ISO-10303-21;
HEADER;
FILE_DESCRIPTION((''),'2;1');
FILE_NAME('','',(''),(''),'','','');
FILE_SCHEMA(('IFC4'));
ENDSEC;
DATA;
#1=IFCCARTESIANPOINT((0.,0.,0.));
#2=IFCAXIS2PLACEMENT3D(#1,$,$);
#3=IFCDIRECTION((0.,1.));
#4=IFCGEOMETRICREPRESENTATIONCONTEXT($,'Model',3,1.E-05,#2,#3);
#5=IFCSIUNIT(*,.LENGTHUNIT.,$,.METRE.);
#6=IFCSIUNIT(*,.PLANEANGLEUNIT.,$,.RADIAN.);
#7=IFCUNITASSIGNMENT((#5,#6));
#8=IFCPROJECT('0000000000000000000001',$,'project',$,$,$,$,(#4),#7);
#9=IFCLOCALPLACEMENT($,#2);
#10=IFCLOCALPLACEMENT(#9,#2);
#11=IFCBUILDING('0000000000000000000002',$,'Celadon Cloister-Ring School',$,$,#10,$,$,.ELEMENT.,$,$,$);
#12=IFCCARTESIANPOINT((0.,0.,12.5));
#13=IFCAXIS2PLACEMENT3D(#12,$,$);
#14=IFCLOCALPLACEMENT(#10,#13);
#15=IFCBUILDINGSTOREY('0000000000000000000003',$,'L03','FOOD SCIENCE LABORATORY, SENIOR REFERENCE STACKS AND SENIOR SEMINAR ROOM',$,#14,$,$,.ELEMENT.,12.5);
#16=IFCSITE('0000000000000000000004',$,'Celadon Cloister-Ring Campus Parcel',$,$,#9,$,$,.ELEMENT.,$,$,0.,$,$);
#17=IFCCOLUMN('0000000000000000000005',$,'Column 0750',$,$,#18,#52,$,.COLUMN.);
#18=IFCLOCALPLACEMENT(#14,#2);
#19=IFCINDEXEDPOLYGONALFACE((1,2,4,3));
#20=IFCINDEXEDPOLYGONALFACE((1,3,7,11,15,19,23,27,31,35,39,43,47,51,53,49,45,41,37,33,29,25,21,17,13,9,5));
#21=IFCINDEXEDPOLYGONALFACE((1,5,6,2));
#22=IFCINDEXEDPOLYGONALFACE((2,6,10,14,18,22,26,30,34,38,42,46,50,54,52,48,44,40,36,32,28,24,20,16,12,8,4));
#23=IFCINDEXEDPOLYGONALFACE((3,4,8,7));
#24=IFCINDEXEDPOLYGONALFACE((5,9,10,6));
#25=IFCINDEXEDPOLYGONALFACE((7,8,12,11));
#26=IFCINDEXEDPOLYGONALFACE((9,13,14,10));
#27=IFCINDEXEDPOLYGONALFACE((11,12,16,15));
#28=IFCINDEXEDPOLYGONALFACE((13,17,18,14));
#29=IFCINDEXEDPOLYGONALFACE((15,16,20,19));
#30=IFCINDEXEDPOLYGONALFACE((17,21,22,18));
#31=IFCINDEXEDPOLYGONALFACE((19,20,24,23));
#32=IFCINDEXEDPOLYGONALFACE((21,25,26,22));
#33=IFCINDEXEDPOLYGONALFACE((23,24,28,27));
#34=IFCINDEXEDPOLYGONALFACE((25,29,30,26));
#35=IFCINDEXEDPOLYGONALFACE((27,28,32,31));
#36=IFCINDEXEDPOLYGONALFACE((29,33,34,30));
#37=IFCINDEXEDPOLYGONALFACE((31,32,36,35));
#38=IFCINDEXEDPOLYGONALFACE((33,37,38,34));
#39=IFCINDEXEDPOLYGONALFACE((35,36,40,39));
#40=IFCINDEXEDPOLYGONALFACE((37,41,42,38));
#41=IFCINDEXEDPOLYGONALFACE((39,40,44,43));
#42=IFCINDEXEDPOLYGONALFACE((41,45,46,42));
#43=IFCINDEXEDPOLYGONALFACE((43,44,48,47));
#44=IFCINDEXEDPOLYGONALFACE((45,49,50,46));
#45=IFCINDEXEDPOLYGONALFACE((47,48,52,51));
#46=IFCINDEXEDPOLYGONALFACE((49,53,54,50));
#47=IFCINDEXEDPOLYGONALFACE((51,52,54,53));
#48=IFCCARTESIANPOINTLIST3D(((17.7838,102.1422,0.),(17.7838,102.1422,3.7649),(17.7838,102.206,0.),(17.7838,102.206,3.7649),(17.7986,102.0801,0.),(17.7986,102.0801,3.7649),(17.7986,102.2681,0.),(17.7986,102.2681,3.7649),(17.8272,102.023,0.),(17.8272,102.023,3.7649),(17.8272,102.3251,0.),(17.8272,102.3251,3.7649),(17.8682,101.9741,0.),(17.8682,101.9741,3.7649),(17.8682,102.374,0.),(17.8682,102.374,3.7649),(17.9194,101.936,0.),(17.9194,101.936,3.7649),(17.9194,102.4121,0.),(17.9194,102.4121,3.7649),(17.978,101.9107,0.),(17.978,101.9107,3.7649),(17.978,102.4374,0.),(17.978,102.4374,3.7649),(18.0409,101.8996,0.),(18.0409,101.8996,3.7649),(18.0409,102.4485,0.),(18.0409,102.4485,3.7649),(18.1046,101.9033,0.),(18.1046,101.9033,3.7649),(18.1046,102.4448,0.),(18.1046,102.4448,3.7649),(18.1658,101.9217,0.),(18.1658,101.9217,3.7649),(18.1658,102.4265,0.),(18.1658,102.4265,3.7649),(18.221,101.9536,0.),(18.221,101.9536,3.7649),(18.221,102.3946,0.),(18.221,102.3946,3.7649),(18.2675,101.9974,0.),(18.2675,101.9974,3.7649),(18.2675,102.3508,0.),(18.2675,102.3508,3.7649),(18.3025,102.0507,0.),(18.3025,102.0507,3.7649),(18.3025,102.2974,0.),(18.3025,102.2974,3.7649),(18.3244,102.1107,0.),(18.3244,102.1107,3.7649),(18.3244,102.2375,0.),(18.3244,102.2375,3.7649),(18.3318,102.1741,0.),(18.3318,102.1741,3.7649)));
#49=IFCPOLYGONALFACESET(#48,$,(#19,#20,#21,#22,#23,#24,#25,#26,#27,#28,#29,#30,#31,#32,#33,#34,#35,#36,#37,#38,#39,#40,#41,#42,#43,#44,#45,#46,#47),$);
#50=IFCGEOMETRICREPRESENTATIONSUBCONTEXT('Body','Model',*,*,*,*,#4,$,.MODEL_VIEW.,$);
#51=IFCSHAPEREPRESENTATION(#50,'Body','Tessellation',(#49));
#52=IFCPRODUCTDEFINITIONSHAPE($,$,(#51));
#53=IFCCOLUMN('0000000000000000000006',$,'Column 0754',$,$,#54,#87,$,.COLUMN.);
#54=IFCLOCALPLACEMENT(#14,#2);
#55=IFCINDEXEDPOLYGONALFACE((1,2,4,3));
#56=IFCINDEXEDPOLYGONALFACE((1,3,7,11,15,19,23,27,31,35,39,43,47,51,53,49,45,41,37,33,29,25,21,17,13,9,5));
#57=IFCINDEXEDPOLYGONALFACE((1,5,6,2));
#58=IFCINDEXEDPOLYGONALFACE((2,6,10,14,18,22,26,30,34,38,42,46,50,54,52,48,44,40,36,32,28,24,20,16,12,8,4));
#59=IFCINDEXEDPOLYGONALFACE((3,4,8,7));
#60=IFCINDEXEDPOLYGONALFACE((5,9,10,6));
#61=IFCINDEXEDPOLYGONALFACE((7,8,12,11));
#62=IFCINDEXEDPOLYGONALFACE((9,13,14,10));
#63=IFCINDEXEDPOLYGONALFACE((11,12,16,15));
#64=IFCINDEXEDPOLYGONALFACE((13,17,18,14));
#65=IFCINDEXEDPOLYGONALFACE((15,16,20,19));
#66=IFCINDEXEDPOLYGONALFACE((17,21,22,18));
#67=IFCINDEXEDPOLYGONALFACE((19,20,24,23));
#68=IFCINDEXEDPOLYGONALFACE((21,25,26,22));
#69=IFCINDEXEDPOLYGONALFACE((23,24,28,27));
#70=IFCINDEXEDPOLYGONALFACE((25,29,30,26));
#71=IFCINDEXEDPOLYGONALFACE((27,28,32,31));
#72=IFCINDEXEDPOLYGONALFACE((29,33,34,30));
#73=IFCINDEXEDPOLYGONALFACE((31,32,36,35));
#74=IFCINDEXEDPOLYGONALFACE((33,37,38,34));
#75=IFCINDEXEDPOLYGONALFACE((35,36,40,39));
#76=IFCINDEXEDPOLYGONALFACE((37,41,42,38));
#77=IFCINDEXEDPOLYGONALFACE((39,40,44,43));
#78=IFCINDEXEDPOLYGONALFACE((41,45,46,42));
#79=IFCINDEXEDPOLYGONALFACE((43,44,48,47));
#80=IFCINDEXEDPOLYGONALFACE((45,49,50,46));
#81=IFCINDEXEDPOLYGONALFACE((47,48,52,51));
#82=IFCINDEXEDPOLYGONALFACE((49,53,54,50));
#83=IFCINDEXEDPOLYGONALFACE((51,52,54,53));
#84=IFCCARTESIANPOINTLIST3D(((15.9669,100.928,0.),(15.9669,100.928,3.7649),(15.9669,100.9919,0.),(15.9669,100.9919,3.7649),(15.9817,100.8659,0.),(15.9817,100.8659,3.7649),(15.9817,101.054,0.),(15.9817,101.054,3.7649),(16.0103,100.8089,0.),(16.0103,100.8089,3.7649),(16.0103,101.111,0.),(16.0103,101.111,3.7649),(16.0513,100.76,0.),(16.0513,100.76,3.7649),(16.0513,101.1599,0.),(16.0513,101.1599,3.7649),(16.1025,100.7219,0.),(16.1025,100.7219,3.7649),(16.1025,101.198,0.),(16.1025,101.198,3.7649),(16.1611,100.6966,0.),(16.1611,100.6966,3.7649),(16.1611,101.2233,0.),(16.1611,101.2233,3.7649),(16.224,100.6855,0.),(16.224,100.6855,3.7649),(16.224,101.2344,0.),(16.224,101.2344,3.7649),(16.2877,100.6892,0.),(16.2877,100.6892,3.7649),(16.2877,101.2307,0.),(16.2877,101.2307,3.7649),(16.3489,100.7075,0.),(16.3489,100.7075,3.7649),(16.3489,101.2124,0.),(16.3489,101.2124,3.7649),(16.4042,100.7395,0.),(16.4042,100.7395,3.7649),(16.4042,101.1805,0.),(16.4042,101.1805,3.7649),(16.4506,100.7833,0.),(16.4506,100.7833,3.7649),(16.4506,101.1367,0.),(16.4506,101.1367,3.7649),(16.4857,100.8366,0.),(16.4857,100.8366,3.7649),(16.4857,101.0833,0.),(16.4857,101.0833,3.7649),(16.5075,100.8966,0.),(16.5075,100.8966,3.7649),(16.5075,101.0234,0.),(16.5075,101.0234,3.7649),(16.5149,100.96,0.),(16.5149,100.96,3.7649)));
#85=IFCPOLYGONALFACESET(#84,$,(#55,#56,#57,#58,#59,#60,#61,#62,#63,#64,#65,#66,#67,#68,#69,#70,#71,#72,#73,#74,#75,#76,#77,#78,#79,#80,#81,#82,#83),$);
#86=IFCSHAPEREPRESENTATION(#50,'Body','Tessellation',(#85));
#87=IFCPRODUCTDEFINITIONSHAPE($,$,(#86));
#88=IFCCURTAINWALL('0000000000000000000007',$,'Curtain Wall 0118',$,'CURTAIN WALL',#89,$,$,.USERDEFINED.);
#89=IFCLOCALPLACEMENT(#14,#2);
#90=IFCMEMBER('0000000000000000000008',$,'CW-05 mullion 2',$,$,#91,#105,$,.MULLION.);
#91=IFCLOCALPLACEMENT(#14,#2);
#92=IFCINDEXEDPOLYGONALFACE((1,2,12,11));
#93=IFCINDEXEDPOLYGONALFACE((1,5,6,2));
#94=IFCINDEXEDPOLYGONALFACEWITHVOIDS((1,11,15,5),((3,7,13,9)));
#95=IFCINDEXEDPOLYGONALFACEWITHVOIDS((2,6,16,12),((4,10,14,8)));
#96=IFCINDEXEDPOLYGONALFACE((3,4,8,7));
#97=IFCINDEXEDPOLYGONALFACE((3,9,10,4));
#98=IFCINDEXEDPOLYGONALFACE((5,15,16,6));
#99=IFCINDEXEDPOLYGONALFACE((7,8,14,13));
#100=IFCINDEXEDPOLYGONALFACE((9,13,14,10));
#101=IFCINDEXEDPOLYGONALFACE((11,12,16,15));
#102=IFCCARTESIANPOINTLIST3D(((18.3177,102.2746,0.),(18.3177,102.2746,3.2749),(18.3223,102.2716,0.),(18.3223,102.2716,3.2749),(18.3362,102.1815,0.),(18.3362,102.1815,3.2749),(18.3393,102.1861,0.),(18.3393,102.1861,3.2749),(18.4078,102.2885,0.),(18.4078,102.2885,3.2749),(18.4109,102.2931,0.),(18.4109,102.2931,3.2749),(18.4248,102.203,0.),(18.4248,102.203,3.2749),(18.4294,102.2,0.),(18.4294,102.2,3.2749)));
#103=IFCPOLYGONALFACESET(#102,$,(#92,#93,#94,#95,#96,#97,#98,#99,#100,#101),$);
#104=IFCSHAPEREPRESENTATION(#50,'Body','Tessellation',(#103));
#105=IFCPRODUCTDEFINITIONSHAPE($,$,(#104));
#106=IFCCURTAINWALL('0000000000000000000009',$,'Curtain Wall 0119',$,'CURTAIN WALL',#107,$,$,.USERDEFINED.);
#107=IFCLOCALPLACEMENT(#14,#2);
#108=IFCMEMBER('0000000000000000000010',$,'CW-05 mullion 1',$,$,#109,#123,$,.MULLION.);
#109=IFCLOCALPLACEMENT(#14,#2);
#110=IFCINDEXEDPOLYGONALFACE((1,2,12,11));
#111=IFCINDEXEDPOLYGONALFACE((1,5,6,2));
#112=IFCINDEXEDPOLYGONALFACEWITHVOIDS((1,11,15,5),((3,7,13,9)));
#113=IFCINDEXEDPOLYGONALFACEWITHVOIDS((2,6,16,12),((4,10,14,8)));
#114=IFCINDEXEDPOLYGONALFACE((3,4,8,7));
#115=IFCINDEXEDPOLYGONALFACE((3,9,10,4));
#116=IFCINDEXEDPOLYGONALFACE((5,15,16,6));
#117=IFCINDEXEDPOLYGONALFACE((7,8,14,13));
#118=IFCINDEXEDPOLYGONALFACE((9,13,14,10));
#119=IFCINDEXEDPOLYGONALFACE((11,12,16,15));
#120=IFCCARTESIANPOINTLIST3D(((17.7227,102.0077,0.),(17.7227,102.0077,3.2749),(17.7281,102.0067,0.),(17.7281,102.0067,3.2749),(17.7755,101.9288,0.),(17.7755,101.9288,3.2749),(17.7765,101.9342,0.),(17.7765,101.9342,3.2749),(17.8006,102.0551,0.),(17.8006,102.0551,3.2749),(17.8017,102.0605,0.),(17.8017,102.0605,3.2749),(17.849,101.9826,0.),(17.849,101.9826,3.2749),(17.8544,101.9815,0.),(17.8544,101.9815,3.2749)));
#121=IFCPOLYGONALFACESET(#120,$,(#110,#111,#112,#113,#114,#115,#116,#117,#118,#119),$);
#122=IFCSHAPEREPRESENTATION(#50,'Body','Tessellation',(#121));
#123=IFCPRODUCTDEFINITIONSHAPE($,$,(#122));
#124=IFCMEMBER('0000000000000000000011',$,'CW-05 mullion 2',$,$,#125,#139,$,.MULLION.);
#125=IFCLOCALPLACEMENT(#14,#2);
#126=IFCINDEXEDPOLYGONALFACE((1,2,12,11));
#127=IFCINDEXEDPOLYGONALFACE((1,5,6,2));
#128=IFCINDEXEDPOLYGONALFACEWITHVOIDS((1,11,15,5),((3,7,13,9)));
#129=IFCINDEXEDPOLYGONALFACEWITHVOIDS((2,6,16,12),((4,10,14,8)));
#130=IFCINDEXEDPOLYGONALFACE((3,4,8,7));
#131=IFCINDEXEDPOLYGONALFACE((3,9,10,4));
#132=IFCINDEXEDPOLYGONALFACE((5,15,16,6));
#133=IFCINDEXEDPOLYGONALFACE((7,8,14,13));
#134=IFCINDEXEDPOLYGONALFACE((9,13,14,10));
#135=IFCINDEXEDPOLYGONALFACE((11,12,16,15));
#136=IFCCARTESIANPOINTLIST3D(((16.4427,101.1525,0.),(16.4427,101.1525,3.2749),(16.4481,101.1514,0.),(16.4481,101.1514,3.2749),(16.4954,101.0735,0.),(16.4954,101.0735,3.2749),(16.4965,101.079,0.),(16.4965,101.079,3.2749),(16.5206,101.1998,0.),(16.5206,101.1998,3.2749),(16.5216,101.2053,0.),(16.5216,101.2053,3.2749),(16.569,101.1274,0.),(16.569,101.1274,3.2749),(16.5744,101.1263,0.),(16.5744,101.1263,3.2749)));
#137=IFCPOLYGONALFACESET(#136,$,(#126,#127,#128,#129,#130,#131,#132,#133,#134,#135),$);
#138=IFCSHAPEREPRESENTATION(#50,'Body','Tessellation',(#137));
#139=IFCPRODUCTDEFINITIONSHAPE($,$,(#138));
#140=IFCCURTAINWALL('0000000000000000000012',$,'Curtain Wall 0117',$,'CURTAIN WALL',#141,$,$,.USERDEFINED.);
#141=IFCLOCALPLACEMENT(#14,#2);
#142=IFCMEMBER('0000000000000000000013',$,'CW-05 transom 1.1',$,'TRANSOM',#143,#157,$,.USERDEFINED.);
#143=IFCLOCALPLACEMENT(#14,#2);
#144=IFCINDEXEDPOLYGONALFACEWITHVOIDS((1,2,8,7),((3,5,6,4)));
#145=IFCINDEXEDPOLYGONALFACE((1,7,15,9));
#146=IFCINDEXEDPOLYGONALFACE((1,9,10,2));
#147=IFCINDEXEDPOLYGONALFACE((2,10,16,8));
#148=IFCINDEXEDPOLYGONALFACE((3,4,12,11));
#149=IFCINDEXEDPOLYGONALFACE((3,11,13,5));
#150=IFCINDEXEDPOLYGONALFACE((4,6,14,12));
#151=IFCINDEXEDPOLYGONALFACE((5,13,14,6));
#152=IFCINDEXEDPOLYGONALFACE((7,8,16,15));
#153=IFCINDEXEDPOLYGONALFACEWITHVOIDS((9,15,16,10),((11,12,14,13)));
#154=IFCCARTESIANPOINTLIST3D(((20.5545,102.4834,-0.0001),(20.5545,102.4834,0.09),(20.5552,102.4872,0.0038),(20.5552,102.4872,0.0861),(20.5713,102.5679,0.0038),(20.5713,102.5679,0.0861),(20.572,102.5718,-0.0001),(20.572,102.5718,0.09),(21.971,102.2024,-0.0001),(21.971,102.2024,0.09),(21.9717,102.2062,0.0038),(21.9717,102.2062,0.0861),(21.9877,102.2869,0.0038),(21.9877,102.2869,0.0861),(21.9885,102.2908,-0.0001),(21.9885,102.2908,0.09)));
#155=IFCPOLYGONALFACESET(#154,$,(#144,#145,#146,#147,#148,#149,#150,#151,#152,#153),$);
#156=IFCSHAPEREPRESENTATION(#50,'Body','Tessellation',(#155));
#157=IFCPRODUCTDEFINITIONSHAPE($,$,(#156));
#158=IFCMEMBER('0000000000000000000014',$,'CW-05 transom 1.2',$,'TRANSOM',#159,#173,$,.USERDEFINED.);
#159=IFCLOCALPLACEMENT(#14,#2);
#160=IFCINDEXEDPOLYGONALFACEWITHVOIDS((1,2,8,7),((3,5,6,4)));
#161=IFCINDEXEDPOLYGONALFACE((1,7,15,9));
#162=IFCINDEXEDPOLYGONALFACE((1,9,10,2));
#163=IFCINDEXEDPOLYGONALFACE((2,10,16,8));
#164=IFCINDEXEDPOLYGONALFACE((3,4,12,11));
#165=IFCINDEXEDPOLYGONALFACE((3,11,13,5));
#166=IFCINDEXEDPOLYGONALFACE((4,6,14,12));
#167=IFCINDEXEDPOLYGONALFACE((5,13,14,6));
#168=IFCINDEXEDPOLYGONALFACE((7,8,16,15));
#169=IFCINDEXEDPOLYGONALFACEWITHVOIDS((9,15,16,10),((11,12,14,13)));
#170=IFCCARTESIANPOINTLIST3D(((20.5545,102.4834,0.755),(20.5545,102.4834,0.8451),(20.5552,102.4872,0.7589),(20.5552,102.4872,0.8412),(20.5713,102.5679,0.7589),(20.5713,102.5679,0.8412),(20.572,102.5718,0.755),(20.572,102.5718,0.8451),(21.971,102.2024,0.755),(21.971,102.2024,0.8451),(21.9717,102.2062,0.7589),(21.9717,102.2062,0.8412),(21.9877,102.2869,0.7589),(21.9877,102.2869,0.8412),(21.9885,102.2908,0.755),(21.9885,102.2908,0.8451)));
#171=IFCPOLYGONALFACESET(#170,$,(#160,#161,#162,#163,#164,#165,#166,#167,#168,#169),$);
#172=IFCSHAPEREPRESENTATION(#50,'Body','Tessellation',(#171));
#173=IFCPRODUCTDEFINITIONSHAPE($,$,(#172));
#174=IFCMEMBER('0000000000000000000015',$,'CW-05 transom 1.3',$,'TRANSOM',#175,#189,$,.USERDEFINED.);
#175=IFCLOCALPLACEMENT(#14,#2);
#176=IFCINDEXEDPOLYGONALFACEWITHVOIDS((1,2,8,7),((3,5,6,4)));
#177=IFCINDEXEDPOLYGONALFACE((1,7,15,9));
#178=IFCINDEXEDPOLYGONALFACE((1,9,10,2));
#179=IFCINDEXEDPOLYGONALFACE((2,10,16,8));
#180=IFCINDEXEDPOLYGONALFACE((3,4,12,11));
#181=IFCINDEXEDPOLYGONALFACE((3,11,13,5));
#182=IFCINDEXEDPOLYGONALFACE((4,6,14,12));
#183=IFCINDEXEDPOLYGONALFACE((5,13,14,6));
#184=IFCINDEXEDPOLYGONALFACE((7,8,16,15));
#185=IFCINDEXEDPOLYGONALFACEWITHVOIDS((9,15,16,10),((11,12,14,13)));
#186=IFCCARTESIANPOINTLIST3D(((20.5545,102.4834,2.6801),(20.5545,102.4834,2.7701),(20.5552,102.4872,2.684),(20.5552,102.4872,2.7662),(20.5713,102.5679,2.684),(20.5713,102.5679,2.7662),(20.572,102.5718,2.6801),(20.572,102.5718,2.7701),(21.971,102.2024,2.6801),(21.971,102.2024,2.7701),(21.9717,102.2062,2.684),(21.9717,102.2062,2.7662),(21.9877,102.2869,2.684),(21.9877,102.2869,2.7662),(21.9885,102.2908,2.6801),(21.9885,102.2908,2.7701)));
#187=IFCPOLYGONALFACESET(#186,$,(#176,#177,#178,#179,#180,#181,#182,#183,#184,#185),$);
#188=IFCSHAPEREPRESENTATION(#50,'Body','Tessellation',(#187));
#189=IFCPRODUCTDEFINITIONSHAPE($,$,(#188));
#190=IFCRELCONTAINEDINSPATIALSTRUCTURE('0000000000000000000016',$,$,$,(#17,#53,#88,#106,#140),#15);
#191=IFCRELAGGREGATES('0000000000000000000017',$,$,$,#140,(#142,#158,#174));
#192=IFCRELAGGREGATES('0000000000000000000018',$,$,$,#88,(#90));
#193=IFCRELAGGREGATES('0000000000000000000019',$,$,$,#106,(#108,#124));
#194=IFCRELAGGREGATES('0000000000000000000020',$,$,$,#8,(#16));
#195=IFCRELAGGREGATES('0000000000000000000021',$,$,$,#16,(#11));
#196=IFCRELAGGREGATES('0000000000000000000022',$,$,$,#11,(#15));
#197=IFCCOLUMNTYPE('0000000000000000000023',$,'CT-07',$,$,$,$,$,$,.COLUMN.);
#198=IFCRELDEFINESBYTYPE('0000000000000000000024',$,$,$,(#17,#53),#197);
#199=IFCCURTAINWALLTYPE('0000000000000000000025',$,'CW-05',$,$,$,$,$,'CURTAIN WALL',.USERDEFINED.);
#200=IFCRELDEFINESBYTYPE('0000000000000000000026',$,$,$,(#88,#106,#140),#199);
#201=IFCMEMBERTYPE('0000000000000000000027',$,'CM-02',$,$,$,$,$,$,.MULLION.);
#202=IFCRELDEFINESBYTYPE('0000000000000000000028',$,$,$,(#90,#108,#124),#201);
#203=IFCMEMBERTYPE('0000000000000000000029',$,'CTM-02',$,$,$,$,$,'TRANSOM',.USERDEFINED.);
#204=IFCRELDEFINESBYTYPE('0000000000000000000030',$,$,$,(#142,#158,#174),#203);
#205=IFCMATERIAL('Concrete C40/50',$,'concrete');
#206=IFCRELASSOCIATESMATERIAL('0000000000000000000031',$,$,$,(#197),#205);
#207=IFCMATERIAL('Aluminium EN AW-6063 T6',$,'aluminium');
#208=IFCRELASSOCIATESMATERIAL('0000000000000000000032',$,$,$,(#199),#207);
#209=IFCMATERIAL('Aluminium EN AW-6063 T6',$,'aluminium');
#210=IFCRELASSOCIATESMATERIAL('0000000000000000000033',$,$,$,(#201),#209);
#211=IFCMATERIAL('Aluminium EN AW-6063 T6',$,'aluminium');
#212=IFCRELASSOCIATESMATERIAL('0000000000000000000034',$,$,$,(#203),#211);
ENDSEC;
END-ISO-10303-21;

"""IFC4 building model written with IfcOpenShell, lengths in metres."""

from ifc_helpers import new_model, si_unit, direction, frame, origin, origin_2d, place, context, subcontext, project, spatial, hollow_rectangle, circle, extrude, material, material_profile, profile_set, type_object, element, aggregate, save


model = new_model("IFC4")

# Units and contexts
model_context = context("Model", 3, precision=1e-05, world=origin(), true_north=direction((0.0, 1.0)))
body_context = subcontext(model_context, "Body", "Model", "MODEL_VIEW")
ifc_project = project(units=[si_unit("LENGTHUNIT", "METRE"), si_unit("PLANEANGLEUNIT", "RADIAN")], contexts=[model_context])

# Site, building, storey
site_placement = place(None, origin())
site = spatial("IfcSite", under=ifc_project, at=site_placement, Name="Celadon Cloister-Ring Campus Parcel", CompositionType="ELEMENT", RefElevation=0.0)
building_placement = place(site_placement, origin())
building = spatial("IfcBuilding", under=site, at=building_placement, Name="Celadon Cloister-Ring School", CompositionType="ELEMENT")
storey_placement = place(building_placement, frame((0.0, 0.0, 12.5)))
storey = spatial("IfcBuildingStorey", under=building, at=storey_placement, Name="L03", Description="FOOD SCIENCE LABORATORY, SENIOR REFERENCE STACKS AND SENIOR SEMINAR ROOM", CompositionType="ELEMENT", Elevation=12.5)

# Columns
ifc_material_1 = material(Name="Concrete C40/50", Category="concrete")
ifc_material_profile_1 = material_profile(ifc_material_1, circle(Radius=0.2749, at=origin_2d()), Name="CIRC550")
ifc_profile_set_1 = profile_set([ifc_material_profile_1], Name="Concrete C40/50")
column_type = type_object("IfcColumnType", Name="CT-07", PredefinedType="COLUMN", material=ifc_profile_set_1)
for number, where, z_axis, x_axis, name in (
    (1, (18.0569, 102.1741, 0.0), (0.0, 0.0, 1.0), (1.0, 0.0, 0.0), "Column 0750"),
    (2, (16.24, 100.96, 0.0), (0.0, 0.0, 1.0), (1.0, 0.0, 0.0), "Column 0754"),
):
    element("IfcColumn", number, at=place(storey_placement, frame(where, z_axis=z_axis, x_axis=x_axis)), inside=storey, type_object=column_type, Name=name, PredefinedType="COLUMN", context=body_context, shape_type="SweptSolid", body=[
        extrude(circle(Radius=0.2749, at=origin_2d()), origin(), (0.0, 0.0, 1.0), 3.7649),
    ])

# Curtain wall, member
ifc_material_2 = material(Name="Aluminium EN AW-6063 T6", Category="aluminium")
curtain_wall_type = type_object("IfcCurtainWallType", Name="CW-05", ElementType="CURTAIN WALL", PredefinedType="USERDEFINED", material=ifc_material_2)
curtain_wall_1_placement = place(storey_placement, origin())
curtain_wall_1 = element("IfcCurtainWall", 3, at=curtain_wall_1_placement, inside=storey, type_object=curtain_wall_type, Name="Curtain Wall 0118", ObjectType="CURTAIN WALL", PredefinedType="USERDEFINED")
ifc_material_3 = material(Name="Aluminium EN AW-6063 T6", Category="aluminium")
ifc_material_profile_2 = material_profile(ifc_material_3, hollow_rectangle(XDim=0.095, YDim=0.095, WallThickness=0.0039, at=origin_2d()), Name="RHS95X95X4")
ifc_profile_set_2 = profile_set([ifc_material_profile_2], Name="Aluminium EN AW-6063 T6")
member_type_1 = type_object("IfcMemberType", Name="CM-02", PredefinedType="MULLION", material=ifc_profile_set_2)
member_1_placement = place(storey_placement, frame((18.3735, 102.2373, 0.0), z_axis=(0.0, 0.0, 1.0), x_axis=(0.194586, -0.980885, 0.0)))
member_1 = element("IfcMember", 4, at=member_1_placement, type_object=member_type_1, Name="CW-05 mullion 2", PredefinedType="MULLION", context=body_context, shape_type="SweptSolid", body=[
    extrude(hollow_rectangle(XDim=0.095, YDim=0.095, WallThickness=0.0039, at=origin_2d()), origin(), (0.0, 0.0, 1.0), 3.2749),
])

# Curtain walls, members
curtain_wall_2_placement = place(storey_placement, origin())
curtain_wall_2 = element("IfcCurtainWall", 5, at=curtain_wall_2_placement, inside=storey, type_object=curtain_wall_type, Name="Curtain Wall 0119", ObjectType="CURTAIN WALL", PredefinedType="USERDEFINED")
member_2_placement = place(storey_placement, frame((17.7886, 101.9946, 0.0), z_axis=(0.0, 0.0, 1.0), x_axis=(0.555547, -0.831485, 0.0)))
member_2 = element("IfcMember", 6, at=member_2_placement, type_object=member_type_1, Name="CW-05 mullion 1", PredefinedType="MULLION", context=body_context, shape_type="SweptSolid", body=[
    extrude(hollow_rectangle(XDim=0.095, YDim=0.095, WallThickness=0.0039, at=origin_2d()), origin(), (0.0, 0.0, 1.0), 3.2749),
])
member_3_placement = place(storey_placement, frame((16.5085, 101.1394, 0.0), z_axis=(0.0, 0.0, 1.0), x_axis=(0.555547, -0.831485, 0.0)))
member_3 = element("IfcMember", 7, at=member_3_placement, type_object=member_type_1, Name="CW-05 mullion 2", PredefinedType="MULLION", context=body_context, shape_type="SweptSolid", body=[
    extrude(hollow_rectangle(XDim=0.095, YDim=0.095, WallThickness=0.0039, at=origin_2d()), origin(), (0.0, 0.0, 1.0), 3.2749),
])
curtain_wall_3_placement = place(storey_placement, origin())
curtain_wall_3 = element("IfcCurtainWall", 8, at=curtain_wall_3_placement, inside=storey, type_object=curtain_wall_type, Name="Curtain Wall 0117", ObjectType="CURTAIN WALL", PredefinedType="USERDEFINED")
ifc_material_4 = material(Name="Aluminium EN AW-6063 T6", Category="aluminium")
ifc_material_profile_3 = material_profile(ifc_material_4, hollow_rectangle(XDim=0.0901, YDim=0.0901, WallThickness=0.0039, at=origin_2d()), Name="RHS90X90X4")
ifc_profile_set_3 = profile_set([ifc_material_profile_3], Name="Aluminium EN AW-6063 T6")
member_type_2 = type_object("IfcMemberType", Name="CTM-02", ElementType="TRANSOM", PredefinedType="USERDEFINED", material=ifc_profile_set_3)
member_4_placement = place(storey_placement, frame((21.9797, 102.2466, 0.0449), z_axis=(-0.980885, 0.194588, 0.0), x_axis=(-0.194588, -0.980885, 0.0)))
member_4 = element("IfcMember", 9, at=member_4_placement, type_object=member_type_2, Name="CW-05 transom 1.1", ObjectType="TRANSOM", PredefinedType="USERDEFINED", context=body_context, shape_type="SweptSolid", body=[
    extrude(hollow_rectangle(XDim=0.0901, YDim=0.0901, WallThickness=0.0039, at=origin_2d()), origin(), (0.0, 0.0, 1.0), 1.4441),
])
member_5_placement = place(storey_placement, frame((21.9797, 102.2466, 0.8), z_axis=(-0.980885, 0.194588, 0.0), x_axis=(-0.194588, -0.980885, 0.0)))
member_5 = element("IfcMember", 10, at=member_5_placement, type_object=member_type_2, Name="CW-05 transom 1.2", ObjectType="TRANSOM", PredefinedType="USERDEFINED", context=body_context, shape_type="SweptSolid", body=[
    extrude(hollow_rectangle(XDim=0.0901, YDim=0.0901, WallThickness=0.0039, at=origin_2d()), origin(), (0.0, 0.0, 1.0), 1.4441),
])
member_6_placement = place(storey_placement, frame((21.9797, 102.2466, 2.7251), z_axis=(-0.980885, 0.194588, 0.0), x_axis=(-0.194588, -0.980885, 0.0)))
member_6 = element("IfcMember", 11, at=member_6_placement, type_object=member_type_2, Name="CW-05 transom 1.3", ObjectType="TRANSOM", PredefinedType="USERDEFINED", context=body_context, shape_type="SweptSolid", body=[
    extrude(hollow_rectangle(XDim=0.0901, YDim=0.0901, WallThickness=0.0039, at=origin_2d()), origin(), (0.0, 0.0, 1.0), 1.4441),
])

aggregate(curtain_wall_3, [member_4, member_5, member_6])
aggregate(curtain_wall_1, [member_1])
aggregate(curtain_wall_2, [member_2, member_3])

save(model, "model.ifc")
